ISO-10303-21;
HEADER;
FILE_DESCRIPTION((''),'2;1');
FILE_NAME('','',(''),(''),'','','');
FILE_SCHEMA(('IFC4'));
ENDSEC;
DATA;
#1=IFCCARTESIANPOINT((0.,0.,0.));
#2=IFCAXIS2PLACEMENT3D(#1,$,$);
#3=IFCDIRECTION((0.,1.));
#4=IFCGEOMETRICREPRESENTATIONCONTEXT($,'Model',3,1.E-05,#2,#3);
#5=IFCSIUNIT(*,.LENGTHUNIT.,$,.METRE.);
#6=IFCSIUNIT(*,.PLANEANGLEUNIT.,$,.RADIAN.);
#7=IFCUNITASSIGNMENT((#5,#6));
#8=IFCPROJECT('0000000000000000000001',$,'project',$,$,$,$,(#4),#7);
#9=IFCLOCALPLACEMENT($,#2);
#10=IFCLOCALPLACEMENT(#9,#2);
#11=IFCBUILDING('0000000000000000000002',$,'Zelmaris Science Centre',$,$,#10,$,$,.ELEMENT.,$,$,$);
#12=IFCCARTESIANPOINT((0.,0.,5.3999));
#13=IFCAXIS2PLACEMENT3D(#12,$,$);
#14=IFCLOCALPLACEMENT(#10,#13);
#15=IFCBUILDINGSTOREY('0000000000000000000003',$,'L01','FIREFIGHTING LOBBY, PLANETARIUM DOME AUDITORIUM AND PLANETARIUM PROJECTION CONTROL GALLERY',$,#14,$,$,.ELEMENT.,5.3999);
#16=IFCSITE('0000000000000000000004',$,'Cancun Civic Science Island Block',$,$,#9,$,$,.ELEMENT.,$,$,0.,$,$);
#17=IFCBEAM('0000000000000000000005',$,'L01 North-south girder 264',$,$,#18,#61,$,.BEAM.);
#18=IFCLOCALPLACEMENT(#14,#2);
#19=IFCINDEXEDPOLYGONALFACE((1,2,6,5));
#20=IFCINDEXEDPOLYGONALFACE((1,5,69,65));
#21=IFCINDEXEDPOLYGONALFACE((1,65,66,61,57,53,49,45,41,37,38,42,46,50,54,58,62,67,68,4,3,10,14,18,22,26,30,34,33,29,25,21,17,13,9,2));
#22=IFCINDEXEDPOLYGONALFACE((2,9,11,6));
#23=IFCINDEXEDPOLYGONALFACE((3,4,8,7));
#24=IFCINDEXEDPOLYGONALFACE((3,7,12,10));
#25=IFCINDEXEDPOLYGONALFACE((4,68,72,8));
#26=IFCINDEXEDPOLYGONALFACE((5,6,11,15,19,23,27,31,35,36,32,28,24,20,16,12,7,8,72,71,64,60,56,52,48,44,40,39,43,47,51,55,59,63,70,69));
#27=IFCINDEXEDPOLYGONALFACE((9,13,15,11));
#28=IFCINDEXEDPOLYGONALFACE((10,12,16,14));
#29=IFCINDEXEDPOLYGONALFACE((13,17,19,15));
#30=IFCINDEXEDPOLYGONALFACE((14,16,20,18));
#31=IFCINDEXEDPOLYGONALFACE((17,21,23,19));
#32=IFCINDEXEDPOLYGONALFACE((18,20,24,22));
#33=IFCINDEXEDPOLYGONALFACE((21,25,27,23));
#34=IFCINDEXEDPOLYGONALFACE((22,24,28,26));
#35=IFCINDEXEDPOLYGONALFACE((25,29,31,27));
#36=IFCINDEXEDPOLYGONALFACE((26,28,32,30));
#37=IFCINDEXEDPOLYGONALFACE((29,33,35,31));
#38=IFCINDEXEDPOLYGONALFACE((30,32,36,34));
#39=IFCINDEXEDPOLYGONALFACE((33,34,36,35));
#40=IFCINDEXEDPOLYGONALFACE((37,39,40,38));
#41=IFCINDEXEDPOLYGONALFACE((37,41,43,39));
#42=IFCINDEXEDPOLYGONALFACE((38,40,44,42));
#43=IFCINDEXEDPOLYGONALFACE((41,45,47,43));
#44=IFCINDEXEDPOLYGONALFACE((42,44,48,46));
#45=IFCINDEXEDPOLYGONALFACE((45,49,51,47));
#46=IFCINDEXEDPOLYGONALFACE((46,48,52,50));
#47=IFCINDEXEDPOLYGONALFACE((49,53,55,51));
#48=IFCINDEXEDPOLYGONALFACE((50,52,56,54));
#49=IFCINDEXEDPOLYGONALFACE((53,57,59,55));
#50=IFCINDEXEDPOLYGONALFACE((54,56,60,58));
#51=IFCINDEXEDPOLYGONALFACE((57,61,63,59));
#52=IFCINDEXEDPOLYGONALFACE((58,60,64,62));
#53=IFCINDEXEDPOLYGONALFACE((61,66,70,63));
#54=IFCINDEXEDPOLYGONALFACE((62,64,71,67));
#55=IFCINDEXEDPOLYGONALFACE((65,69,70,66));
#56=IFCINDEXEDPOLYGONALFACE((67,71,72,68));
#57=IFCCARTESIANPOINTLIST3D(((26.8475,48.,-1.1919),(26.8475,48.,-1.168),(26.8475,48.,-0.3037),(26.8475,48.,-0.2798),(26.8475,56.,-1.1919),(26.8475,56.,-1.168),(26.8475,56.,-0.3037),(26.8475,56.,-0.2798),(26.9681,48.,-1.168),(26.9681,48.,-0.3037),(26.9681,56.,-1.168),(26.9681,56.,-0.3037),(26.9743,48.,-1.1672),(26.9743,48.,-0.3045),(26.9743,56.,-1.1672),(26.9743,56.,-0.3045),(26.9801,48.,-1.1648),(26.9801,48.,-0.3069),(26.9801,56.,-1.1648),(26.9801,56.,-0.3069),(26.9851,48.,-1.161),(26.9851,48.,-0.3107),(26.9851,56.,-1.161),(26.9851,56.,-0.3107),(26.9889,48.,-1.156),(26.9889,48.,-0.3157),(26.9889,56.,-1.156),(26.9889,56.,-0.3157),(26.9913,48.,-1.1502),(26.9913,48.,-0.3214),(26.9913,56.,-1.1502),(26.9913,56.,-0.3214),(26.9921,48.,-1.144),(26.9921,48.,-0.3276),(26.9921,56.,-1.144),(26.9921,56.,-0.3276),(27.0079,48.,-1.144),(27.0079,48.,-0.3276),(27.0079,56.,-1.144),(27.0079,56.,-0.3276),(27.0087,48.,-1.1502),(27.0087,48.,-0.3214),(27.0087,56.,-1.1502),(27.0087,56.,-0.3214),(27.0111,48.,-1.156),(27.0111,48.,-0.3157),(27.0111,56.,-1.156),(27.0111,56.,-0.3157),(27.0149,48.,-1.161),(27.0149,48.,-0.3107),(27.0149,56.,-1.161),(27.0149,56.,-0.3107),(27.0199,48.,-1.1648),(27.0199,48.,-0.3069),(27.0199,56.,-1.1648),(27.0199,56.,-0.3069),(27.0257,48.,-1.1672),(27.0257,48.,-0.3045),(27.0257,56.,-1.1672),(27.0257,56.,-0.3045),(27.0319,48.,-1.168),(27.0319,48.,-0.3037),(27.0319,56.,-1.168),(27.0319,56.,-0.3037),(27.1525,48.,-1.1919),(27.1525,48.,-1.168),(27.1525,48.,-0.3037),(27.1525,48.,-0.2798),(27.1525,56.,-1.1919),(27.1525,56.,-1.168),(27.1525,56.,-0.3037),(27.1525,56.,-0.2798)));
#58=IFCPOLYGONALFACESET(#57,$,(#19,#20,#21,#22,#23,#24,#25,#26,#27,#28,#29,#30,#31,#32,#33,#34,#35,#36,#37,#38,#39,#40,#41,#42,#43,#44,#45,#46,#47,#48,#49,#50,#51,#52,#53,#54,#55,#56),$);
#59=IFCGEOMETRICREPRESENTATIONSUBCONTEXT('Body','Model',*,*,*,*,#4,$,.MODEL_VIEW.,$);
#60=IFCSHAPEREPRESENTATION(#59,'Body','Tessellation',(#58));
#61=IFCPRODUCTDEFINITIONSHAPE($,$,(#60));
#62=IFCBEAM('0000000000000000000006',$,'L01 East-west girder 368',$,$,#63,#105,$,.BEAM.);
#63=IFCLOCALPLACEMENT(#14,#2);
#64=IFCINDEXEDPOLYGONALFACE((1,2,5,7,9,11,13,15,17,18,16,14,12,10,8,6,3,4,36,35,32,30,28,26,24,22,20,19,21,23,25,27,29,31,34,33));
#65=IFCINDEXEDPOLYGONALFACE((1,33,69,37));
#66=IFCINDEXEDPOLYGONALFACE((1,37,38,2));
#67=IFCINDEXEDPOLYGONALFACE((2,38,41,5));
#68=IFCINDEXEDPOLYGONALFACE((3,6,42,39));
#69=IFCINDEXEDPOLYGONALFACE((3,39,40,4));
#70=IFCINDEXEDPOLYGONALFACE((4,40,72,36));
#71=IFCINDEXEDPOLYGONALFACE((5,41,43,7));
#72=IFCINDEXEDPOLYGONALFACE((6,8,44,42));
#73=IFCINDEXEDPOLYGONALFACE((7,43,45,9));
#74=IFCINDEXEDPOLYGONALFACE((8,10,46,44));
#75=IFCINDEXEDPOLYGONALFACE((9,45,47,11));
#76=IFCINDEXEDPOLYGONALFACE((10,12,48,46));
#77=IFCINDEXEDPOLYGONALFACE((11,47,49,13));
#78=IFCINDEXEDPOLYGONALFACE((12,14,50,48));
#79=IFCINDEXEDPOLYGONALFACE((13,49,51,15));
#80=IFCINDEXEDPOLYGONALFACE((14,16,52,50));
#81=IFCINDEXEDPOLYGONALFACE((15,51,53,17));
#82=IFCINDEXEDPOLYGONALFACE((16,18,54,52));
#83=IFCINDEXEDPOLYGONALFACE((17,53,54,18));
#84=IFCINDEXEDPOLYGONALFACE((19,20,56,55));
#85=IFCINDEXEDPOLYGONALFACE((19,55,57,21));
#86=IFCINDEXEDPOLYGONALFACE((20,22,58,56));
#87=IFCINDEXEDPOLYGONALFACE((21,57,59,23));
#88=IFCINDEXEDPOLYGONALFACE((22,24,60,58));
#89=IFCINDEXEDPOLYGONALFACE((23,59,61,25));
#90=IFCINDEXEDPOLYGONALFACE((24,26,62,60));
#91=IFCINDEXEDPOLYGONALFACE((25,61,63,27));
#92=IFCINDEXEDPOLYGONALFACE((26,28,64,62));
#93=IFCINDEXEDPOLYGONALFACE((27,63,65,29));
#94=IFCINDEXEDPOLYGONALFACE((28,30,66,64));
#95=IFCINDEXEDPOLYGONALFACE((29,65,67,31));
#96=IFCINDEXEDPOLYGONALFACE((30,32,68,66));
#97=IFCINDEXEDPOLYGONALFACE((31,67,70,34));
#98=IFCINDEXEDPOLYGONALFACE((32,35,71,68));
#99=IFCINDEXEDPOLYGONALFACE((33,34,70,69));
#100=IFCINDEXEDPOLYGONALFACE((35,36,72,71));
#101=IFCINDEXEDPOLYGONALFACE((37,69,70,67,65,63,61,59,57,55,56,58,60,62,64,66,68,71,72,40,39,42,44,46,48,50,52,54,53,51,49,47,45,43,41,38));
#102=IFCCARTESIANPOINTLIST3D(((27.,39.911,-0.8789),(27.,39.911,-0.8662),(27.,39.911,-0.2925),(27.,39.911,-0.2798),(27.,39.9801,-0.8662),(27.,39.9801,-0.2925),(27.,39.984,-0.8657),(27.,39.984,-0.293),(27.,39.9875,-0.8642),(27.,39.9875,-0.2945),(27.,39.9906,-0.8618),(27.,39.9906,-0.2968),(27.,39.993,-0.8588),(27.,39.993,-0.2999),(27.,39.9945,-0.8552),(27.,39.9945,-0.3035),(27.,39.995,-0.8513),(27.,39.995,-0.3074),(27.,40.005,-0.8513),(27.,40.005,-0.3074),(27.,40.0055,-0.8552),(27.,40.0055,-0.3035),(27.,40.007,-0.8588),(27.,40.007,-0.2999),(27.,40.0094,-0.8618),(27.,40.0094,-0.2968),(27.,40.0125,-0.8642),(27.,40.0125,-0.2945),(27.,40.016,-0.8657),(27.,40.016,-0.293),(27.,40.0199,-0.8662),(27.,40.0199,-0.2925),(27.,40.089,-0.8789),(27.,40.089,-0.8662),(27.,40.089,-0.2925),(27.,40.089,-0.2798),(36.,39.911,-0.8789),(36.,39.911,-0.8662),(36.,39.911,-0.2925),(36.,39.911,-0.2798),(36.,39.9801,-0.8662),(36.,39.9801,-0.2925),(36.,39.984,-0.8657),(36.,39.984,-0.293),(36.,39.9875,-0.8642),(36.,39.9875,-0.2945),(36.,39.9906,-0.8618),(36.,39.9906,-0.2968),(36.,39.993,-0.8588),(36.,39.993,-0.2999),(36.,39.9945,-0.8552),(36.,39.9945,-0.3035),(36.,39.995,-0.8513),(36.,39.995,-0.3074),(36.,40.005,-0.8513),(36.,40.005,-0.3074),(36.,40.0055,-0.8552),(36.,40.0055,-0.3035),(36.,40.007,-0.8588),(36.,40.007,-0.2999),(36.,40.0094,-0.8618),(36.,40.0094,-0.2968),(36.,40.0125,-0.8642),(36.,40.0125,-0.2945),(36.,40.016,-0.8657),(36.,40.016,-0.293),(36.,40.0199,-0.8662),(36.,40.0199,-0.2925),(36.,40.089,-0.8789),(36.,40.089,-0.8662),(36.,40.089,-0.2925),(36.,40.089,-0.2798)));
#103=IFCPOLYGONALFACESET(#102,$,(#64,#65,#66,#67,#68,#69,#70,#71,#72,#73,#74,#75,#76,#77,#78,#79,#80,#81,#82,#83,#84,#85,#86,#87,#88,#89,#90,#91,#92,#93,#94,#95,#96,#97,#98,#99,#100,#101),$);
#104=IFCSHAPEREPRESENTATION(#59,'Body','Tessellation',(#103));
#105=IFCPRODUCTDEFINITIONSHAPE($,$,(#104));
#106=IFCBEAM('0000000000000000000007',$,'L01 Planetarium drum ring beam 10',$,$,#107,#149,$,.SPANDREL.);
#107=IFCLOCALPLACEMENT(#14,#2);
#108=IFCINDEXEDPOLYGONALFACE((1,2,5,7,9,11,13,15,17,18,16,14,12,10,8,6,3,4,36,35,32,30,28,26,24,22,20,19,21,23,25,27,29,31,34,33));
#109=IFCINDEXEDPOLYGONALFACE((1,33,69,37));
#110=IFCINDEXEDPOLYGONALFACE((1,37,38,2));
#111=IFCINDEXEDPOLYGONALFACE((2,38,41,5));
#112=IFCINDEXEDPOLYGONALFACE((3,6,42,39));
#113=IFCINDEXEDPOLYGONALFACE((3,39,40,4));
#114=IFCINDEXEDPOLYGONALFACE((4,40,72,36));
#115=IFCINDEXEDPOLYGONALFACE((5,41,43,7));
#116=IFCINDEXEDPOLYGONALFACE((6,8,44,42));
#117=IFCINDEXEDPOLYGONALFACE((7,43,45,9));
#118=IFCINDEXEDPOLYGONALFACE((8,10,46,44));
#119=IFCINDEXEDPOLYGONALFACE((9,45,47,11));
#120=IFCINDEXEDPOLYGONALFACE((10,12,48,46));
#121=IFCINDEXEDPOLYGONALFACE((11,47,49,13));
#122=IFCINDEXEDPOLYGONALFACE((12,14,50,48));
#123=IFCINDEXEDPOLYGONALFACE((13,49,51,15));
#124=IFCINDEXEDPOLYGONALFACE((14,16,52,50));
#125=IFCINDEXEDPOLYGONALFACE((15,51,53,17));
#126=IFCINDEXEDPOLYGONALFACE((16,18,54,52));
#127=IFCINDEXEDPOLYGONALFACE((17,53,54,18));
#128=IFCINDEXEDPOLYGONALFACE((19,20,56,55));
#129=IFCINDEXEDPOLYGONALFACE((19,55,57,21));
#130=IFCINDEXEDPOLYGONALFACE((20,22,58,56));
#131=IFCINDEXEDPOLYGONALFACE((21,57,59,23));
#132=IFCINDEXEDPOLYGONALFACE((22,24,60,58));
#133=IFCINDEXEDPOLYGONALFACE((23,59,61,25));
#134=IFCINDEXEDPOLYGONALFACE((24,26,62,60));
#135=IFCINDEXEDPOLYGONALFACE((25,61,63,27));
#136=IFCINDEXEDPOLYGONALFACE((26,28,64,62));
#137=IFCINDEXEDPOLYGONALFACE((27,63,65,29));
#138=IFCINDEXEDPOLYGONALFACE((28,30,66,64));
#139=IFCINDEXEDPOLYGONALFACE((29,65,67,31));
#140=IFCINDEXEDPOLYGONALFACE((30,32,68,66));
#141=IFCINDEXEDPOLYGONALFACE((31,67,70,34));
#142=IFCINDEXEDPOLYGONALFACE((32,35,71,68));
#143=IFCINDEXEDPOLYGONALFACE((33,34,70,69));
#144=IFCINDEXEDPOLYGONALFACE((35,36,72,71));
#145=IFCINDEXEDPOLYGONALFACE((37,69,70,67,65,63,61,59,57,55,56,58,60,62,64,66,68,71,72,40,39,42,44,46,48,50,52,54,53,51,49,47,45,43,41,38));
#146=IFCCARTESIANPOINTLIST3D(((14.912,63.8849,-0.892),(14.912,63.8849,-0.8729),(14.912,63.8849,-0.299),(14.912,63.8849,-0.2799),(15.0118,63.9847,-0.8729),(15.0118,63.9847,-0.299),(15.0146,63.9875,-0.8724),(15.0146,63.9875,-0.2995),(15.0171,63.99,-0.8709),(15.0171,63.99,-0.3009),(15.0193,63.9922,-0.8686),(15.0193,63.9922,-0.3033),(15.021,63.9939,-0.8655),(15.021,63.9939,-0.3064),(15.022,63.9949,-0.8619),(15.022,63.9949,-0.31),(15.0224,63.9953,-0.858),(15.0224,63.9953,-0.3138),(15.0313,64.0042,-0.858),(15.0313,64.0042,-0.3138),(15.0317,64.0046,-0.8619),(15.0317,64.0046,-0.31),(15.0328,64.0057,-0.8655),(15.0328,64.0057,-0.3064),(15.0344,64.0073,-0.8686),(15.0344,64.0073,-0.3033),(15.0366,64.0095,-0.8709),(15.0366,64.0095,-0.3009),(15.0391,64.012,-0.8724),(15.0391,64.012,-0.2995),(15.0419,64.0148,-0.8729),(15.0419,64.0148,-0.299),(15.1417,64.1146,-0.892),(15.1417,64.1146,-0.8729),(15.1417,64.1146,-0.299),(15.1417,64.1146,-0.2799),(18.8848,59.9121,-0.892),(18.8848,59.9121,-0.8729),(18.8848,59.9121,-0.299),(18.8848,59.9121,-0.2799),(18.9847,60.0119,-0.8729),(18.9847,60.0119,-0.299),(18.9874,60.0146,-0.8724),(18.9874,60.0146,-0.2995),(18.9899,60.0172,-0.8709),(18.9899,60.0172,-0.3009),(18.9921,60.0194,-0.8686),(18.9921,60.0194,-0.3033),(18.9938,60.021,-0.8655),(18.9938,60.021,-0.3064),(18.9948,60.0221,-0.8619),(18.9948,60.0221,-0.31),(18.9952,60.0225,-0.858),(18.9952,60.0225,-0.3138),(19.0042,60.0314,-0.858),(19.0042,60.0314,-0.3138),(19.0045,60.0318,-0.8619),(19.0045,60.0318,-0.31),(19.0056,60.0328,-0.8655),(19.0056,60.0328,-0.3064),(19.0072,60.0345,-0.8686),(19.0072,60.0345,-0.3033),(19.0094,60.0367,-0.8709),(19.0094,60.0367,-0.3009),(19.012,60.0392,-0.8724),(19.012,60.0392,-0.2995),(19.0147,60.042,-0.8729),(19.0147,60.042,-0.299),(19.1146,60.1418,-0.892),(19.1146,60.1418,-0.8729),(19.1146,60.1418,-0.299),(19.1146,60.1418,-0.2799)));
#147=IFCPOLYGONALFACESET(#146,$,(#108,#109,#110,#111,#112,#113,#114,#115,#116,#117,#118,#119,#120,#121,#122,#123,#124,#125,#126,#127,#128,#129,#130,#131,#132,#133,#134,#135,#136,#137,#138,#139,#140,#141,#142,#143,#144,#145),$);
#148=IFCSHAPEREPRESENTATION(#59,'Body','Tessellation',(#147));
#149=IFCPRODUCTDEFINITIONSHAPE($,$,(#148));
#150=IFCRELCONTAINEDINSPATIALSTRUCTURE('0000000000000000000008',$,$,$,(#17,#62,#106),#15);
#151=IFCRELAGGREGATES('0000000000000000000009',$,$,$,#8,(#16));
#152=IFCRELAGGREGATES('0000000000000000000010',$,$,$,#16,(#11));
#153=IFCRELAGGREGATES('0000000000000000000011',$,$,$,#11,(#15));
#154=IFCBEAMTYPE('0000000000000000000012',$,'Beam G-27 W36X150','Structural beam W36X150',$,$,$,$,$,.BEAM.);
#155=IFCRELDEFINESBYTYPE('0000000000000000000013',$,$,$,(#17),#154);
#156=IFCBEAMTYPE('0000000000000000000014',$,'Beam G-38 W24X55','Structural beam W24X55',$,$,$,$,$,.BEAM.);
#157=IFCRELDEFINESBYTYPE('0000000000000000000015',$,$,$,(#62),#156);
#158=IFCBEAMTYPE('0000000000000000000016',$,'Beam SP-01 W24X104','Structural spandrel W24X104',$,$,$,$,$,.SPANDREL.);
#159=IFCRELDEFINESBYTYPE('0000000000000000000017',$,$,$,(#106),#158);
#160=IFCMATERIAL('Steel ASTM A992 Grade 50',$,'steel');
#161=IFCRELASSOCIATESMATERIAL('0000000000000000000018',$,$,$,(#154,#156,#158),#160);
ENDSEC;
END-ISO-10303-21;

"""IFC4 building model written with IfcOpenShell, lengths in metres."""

from ifc_helpers import new_model, si_unit, direction, frame, origin, origin_2d, place, context, subcontext, project, spatial, i_section, extrude, material, material_profile, profile_set, type_object, element, save


model = new_model("IFC4")

# Units and contexts
model_context = context("Model", 3, precision=1e-05, world=origin(), true_north=direction((0.0, 1.0)))
body_context = subcontext(model_context, "Body", "Model", "MODEL_VIEW")
ifc_project = project(units=[si_unit("LENGTHUNIT", "METRE"), si_unit("PLANEANGLEUNIT", "RADIAN")], contexts=[model_context])

# Site, building, storey
site_placement = place(None, origin())
site = spatial("IfcSite", under=ifc_project, at=site_placement, Name="Cancun Civic Science Island Block", CompositionType="ELEMENT", RefElevation=0.0)
building_placement = place(site_placement, origin())
building = spatial("IfcBuilding", under=site, at=building_placement, Name="Zelmaris Science Centre", CompositionType="ELEMENT")
storey_placement = place(building_placement, frame((0.0, 0.0, 5.3999)))
storey = spatial("IfcBuildingStorey", under=building, at=storey_placement, Name="L01", Description="FIREFIGHTING LOBBY, PLANETARIUM DOME AUDITORIUM AND PLANETARIUM PROJECTION CONTROL GALLERY", CompositionType="ELEMENT", Elevation=5.3999)

# Shared definitions
ifc_material_1 = material(Name="Steel ASTM A992 Grade 50", Category="steel")

# Beams
ifc_material_profile_1 = material_profile(ifc_material_1, i_section(OverallWidth=0.3049, OverallDepth=0.9121, WebThickness=0.0159, FlangeThickness=0.0239, FilletRadius=0.0239, at=origin_2d()), Name="W36X150")
ifc_profile_set_1 = profile_set([ifc_material_profile_1], Name="Steel ASTM A992 Grade 50")
beam_type_1 = type_object("IfcBeamType", Name="Beam G-27 W36X150", Description="Structural beam W36X150", PredefinedType="BEAM", material=ifc_profile_set_1)
beam_1_placement = place(storey_placement, frame((27.0, 48.0, -0.7358), z_axis=(0.0, 1.0, 0.0), x_axis=(-1.0, 0.0, 0.0)))
element("IfcBeam", 1, at=beam_1_placement, inside=storey, type_object=beam_type_1, Name="L01 North-south girder 264", PredefinedType="BEAM", context=body_context, shape_type="SweptSolid", body=[
    extrude(i_section(OverallWidth=0.3049, OverallDepth=0.9121, WebThickness=0.0159, FlangeThickness=0.0239, FilletRadius=0.0239, at=origin_2d()), origin(), (0.0, 0.0, 1.0), 8.0),
])
ifc_material_profile_2 = material_profile(ifc_material_1, i_section(OverallWidth=0.178, OverallDepth=0.5991, WebThickness=0.01, FlangeThickness=0.0127, FilletRadius=0.0149, at=origin_2d()), Name="W24X55")
ifc_profile_set_2 = profile_set([ifc_material_profile_2], Name="Steel ASTM A992 Grade 50")
beam_type_2 = type_object("IfcBeamType", Name="Beam G-38 W24X55", Description="Structural beam W24X55", PredefinedType="BEAM", material=ifc_profile_set_2)
beam_2_placement = place(storey_placement, frame((27.0, 40.0, -0.5793), z_axis=(1.0, 0.0, 0.0), x_axis=(0.0, 1.0, 0.0)))
element("IfcBeam", 2, at=beam_2_placement, inside=storey, type_object=beam_type_2, Name="L01 East-west girder 368", PredefinedType="BEAM", context=body_context, shape_type="SweptSolid", body=[
    extrude(i_section(OverallWidth=0.178, OverallDepth=0.5991, WebThickness=0.01, FlangeThickness=0.0127, FilletRadius=0.0149, at=origin_2d()), origin(), (0.0, 0.0, 1.0), 9.0),
])
ifc_material_profile_3 = material_profile(ifc_material_1, i_section(OverallWidth=0.325, OverallDepth=0.6121, WebThickness=0.0127, FlangeThickness=0.019, FilletRadius=0.0149, at=origin_2d()), Name="W24X104")
ifc_profile_set_3 = profile_set([ifc_material_profile_3], Name="Steel ASTM A992 Grade 50")
beam_type_3 = type_object("IfcBeamType", Name="Beam SP-01 W24X104", Description="Structural spandrel W24X104", PredefinedType="SPANDREL", material=ifc_profile_set_3)
beam_3_placement = place(storey_placement, frame((15.0269, 63.9998, -0.5859), z_axis=(0.707107, -0.707107, 0.0), x_axis=(0.707107, 0.707107, 0.0)))
element("IfcBeam", 3, at=beam_3_placement, inside=storey, type_object=beam_type_3, Name="L01 Planetarium drum ring beam 10", PredefinedType="SPANDREL", context=body_context, shape_type="SweptSolid", body=[
    extrude(i_section(OverallWidth=0.325, OverallDepth=0.6121, WebThickness=0.0127, FlangeThickness=0.019, FilletRadius=0.0149, at=origin_2d()), origin(), (0.0, 0.0, 1.0), 5.6184),
])

save(model, "model.ifc")
